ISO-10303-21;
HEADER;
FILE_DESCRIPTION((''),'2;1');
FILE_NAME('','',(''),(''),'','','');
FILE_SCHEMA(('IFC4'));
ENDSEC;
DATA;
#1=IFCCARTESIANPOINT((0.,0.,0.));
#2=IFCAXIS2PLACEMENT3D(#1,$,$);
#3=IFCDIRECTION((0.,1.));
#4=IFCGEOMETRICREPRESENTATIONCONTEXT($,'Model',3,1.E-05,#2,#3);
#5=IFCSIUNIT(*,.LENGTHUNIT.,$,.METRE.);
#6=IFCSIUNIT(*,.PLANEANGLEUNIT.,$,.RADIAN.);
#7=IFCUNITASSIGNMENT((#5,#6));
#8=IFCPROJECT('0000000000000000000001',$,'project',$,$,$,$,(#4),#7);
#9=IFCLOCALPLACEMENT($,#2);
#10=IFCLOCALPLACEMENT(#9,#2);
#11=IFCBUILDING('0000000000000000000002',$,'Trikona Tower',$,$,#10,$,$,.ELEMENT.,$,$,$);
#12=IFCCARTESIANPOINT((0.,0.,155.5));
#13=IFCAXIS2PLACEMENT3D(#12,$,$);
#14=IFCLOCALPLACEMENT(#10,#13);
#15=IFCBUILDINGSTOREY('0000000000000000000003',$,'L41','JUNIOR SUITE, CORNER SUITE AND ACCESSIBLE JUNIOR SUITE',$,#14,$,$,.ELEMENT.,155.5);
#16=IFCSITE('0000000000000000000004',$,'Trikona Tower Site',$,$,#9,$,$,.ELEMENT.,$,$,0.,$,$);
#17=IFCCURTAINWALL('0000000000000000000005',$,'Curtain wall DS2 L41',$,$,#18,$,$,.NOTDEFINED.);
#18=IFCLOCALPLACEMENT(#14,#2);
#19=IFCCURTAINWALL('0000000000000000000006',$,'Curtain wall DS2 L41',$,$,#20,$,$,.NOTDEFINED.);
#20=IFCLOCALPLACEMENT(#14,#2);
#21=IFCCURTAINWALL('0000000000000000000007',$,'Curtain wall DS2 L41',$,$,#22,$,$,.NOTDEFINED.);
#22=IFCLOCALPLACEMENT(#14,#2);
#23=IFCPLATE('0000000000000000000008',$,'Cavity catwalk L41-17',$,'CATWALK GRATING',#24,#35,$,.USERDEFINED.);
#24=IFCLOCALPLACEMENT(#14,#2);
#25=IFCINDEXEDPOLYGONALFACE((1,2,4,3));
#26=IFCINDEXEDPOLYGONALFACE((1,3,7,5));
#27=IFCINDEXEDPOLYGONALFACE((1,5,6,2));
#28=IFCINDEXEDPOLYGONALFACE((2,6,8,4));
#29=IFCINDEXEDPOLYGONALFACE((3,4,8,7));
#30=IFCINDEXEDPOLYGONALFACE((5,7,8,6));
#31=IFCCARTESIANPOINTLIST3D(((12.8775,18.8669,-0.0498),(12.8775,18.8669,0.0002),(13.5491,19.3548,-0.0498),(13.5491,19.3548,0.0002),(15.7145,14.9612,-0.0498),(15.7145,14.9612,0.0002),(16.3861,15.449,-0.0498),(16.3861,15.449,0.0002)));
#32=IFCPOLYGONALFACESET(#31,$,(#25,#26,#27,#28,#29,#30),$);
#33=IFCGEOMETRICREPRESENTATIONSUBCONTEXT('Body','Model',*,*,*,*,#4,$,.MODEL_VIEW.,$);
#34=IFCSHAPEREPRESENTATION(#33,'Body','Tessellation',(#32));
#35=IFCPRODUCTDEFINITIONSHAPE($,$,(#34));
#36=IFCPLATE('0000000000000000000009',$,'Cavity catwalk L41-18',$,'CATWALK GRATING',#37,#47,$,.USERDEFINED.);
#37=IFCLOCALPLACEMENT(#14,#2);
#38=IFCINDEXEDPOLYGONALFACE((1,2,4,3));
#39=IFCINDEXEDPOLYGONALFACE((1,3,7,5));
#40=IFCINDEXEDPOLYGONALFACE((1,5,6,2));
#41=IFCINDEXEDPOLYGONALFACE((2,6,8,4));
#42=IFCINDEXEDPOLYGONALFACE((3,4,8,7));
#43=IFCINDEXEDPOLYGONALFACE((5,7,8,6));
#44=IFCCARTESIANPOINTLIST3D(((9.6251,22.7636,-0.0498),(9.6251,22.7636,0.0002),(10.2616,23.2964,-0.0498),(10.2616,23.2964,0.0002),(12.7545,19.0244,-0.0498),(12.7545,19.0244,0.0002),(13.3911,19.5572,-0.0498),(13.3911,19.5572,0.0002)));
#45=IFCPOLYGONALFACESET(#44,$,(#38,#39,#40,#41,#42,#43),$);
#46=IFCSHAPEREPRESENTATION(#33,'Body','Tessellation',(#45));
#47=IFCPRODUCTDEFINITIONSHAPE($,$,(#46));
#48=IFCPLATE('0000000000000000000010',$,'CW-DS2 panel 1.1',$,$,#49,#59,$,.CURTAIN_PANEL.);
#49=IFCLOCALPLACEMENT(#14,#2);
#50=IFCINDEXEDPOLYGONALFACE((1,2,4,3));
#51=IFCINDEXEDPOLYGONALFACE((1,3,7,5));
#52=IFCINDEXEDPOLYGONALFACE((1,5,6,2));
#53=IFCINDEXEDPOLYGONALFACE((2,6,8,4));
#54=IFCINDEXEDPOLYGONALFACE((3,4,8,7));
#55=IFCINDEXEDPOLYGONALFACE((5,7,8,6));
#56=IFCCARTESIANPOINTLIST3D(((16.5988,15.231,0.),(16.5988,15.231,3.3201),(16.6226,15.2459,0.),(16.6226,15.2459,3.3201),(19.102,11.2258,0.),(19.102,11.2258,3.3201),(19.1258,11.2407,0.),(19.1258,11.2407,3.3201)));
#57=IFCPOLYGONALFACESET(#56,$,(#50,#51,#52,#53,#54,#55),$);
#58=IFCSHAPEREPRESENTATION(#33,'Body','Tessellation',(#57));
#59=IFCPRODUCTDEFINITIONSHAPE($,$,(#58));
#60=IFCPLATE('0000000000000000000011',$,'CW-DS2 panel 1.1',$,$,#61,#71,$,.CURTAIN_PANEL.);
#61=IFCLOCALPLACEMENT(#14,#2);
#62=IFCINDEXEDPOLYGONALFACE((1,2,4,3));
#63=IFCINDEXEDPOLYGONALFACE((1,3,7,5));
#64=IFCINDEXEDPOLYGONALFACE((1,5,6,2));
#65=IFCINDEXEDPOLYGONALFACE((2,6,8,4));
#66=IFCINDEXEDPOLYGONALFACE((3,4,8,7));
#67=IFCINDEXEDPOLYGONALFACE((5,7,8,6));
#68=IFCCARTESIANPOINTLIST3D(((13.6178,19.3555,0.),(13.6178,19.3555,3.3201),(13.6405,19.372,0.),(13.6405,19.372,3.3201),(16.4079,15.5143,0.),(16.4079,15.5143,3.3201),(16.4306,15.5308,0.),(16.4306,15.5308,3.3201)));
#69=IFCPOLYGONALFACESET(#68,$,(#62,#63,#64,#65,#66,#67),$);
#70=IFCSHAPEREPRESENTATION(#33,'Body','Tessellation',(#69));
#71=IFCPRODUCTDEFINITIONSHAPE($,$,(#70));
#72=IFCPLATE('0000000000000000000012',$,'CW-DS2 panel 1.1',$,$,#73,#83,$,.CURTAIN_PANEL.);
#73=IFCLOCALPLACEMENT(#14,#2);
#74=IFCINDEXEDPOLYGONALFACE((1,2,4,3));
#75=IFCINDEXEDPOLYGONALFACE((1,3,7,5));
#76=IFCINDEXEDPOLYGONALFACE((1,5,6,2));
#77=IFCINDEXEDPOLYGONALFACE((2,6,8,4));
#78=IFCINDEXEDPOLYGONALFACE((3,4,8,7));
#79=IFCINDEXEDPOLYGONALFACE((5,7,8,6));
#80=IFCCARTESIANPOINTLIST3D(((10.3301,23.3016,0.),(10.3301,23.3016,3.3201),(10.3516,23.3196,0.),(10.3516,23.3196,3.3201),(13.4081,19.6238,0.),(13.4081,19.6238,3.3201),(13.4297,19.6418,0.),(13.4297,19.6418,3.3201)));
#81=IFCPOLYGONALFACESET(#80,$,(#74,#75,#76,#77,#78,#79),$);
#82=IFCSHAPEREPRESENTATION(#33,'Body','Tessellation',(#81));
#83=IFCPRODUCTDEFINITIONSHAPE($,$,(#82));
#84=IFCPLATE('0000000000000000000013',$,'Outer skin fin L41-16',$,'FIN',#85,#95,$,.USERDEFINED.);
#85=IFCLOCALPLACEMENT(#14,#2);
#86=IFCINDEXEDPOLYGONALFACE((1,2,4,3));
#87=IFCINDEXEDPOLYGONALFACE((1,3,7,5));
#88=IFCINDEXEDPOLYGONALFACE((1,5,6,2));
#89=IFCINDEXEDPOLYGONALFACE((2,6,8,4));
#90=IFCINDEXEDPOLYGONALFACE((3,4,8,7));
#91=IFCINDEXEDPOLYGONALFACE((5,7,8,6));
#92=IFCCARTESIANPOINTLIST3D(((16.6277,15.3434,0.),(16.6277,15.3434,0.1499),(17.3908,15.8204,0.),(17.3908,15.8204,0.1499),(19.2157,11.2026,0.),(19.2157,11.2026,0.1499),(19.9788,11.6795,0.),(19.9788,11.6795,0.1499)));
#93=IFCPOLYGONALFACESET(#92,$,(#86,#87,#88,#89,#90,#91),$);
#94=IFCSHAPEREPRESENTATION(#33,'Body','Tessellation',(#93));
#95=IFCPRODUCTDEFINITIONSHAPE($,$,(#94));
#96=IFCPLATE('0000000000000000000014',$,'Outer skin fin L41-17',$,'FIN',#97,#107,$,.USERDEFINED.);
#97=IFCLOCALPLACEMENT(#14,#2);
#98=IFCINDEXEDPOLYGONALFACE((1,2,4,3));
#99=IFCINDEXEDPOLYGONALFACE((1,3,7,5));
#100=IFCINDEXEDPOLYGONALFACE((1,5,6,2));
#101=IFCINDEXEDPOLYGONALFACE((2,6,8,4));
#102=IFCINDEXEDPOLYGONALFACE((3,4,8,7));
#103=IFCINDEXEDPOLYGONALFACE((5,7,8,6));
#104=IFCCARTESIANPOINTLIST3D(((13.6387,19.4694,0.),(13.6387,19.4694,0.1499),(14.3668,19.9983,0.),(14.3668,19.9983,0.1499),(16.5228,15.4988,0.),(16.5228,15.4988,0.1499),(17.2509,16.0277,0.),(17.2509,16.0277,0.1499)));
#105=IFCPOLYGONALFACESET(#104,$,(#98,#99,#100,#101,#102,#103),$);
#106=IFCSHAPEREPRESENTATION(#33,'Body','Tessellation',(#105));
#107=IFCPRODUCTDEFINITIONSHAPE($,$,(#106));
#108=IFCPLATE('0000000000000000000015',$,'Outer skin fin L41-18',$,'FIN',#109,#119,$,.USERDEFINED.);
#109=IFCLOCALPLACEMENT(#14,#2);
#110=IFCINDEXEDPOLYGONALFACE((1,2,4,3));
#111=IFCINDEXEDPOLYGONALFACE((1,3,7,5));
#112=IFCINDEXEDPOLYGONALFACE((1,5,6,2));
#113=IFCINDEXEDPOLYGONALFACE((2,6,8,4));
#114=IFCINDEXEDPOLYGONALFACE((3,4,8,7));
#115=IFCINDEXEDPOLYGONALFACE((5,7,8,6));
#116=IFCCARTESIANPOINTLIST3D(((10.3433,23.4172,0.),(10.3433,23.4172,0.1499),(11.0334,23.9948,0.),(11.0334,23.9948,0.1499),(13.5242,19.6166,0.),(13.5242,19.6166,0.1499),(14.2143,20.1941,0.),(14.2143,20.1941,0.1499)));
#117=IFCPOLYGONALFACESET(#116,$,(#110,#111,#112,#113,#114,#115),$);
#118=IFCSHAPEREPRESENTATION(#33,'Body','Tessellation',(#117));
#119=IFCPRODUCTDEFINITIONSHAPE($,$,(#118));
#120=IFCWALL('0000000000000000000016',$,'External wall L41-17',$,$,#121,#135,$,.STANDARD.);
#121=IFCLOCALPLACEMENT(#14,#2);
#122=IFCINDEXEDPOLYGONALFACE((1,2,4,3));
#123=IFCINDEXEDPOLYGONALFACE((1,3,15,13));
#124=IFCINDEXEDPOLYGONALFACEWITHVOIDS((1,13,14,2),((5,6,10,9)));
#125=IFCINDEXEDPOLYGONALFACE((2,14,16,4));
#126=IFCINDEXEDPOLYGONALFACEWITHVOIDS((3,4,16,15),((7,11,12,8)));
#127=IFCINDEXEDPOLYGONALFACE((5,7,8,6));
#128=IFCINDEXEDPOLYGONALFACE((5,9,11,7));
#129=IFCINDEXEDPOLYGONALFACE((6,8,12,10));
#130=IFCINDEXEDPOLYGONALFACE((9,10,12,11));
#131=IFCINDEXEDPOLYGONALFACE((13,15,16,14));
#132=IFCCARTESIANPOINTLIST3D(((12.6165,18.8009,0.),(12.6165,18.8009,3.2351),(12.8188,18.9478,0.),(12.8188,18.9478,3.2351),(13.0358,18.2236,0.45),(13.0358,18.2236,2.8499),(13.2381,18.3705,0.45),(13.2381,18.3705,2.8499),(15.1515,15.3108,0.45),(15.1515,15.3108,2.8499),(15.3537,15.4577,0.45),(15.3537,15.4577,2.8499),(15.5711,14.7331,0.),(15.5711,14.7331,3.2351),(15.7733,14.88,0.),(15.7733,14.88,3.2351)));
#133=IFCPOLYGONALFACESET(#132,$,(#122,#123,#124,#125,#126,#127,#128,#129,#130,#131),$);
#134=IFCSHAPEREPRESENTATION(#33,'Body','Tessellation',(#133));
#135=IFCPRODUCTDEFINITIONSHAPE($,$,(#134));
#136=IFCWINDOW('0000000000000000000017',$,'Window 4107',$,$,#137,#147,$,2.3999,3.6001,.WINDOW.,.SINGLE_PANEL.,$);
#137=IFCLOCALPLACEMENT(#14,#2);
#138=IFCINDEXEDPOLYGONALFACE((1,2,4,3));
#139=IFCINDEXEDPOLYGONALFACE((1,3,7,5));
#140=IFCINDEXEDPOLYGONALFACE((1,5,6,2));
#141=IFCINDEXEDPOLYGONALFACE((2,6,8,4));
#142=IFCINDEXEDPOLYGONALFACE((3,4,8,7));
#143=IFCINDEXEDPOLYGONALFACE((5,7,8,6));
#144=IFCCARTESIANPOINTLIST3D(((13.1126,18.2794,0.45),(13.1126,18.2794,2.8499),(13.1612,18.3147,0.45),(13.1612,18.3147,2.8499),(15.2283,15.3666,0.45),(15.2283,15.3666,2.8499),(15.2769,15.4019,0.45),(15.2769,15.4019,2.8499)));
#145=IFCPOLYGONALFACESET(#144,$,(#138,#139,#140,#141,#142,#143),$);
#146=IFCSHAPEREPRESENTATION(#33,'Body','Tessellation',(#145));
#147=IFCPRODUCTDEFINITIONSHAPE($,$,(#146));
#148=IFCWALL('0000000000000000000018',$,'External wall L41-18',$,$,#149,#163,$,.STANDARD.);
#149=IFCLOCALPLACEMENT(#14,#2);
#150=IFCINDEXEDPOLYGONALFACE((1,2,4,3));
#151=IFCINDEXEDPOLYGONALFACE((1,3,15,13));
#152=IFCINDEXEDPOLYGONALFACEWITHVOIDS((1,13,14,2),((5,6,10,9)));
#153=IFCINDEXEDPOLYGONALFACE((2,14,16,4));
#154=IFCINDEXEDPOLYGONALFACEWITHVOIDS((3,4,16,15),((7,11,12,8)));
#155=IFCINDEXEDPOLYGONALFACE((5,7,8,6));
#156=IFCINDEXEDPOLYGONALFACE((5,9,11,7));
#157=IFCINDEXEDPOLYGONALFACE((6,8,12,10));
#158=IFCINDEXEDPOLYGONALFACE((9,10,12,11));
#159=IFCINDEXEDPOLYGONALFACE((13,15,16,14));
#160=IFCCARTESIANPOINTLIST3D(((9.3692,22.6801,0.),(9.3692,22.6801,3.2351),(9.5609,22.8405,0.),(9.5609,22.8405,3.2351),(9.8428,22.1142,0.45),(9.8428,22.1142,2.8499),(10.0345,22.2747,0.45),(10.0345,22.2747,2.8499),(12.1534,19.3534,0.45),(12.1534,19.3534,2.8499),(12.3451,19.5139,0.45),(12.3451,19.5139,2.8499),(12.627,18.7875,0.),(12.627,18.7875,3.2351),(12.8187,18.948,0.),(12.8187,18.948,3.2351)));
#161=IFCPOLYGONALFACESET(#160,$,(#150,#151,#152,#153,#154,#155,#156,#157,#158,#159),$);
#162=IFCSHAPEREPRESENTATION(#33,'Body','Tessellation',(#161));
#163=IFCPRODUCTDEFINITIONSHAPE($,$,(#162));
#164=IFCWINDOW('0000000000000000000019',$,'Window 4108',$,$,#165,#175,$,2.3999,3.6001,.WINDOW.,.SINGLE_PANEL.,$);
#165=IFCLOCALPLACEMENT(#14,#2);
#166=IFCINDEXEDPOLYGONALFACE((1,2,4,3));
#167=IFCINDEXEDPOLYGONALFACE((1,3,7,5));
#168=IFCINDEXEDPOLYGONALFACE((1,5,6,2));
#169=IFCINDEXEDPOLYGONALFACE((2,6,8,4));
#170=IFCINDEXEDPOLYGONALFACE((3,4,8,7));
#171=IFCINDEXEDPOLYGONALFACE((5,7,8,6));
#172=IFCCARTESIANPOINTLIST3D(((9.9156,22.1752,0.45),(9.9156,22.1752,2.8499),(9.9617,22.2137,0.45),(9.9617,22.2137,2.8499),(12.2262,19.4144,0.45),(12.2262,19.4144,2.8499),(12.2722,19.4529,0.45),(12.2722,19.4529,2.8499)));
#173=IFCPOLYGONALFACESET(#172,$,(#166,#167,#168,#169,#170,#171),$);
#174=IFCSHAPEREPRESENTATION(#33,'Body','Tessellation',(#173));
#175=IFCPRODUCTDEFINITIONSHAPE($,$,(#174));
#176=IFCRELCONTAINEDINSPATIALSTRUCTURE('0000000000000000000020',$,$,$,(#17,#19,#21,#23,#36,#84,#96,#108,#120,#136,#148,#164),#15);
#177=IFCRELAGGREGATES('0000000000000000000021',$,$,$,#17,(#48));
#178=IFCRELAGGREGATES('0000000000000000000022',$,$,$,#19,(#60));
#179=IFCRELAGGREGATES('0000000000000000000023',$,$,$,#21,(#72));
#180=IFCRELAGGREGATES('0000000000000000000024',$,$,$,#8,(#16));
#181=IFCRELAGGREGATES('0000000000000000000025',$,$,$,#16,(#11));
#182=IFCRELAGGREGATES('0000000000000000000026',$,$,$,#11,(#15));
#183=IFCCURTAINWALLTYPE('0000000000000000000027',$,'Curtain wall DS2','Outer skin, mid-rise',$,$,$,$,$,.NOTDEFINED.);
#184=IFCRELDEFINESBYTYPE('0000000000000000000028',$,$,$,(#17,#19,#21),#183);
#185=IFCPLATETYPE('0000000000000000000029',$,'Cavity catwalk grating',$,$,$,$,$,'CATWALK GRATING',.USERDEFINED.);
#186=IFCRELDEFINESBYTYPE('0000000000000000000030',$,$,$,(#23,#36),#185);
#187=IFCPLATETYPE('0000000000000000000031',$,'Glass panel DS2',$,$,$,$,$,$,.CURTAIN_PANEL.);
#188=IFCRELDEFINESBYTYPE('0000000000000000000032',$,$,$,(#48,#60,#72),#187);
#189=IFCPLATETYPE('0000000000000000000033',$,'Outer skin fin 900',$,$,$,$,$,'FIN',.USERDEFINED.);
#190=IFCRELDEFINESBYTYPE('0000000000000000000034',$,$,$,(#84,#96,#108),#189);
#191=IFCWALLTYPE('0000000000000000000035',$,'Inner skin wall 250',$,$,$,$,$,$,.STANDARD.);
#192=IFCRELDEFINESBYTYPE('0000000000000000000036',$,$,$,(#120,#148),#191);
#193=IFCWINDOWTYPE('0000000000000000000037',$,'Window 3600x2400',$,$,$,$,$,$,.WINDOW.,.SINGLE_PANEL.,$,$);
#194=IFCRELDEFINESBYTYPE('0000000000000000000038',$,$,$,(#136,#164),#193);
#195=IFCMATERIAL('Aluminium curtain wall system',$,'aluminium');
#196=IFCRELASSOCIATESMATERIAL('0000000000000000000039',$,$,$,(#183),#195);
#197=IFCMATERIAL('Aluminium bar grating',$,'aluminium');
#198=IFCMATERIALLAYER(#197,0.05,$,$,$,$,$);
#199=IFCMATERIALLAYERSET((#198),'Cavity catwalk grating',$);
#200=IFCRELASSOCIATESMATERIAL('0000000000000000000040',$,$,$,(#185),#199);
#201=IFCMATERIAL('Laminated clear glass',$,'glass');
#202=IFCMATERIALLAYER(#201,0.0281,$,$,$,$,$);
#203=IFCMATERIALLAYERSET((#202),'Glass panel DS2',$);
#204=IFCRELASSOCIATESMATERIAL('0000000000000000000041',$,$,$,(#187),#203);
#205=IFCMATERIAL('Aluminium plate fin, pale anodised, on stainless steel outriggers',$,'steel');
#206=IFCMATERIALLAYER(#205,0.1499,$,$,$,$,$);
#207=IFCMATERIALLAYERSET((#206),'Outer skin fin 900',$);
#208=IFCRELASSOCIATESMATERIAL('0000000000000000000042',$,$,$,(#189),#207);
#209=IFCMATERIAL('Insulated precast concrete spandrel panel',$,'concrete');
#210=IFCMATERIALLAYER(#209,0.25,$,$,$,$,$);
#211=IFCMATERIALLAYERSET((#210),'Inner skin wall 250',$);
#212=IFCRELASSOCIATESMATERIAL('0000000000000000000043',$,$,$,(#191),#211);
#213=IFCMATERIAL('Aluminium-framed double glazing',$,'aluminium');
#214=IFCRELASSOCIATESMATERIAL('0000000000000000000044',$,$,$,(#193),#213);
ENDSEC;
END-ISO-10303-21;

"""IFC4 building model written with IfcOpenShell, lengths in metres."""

from ifc_helpers import new_model, si_unit, direction, frame, frame_2d, origin, origin_2d, place, context, subcontext, project, spatial, rectangle, extrude, material, layer, layer_set, type_object, element, fill, aggregate, save


model = new_model("IFC4")

# Units and contexts
model_context = context("Model", 3, precision=1e-05, world=origin(), true_north=direction((0.0, 1.0)))
body_context = subcontext(model_context, "Body", "Model", "MODEL_VIEW")
ifc_project = project(units=[si_unit("LENGTHUNIT", "METRE"), si_unit("PLANEANGLEUNIT", "RADIAN")], contexts=[model_context])

# Site, building, storey
site_placement = place(None, origin())
site = spatial("IfcSite", under=ifc_project, at=site_placement, Name="Trikona Tower Site", CompositionType="ELEMENT", RefElevation=0.0)
building_placement = place(site_placement, origin())
building = spatial("IfcBuilding", under=site, at=building_placement, Name="Trikona Tower", CompositionType="ELEMENT")
storey_placement = place(building_placement, frame((0.0, 0.0, 155.5)))
storey = spatial("IfcBuildingStorey", under=building, at=storey_placement, Name="L41", Description="JUNIOR SUITE, CORNER SUITE AND ACCESSIBLE JUNIOR SUITE", CompositionType="ELEMENT", Elevation=155.5)

# Curtain walls
ifc_material_1 = material(Name="Aluminium curtain wall system", Category="aluminium")
curtain_wall_type = type_object("IfcCurtainWallType", Name="Curtain wall DS2", Description="Outer skin, mid-rise", PredefinedType="NOTDEFINED", material=ifc_material_1)
curtain_wall_1_placement = place(storey_placement, origin())
curtain_wall_1 = element("IfcCurtainWall", 1, at=curtain_wall_1_placement, inside=storey, type_object=curtain_wall_type, Name="Curtain wall DS2 L41", PredefinedType="NOTDEFINED")
curtain_wall_2_placement = place(storey_placement, origin())
curtain_wall_2 = element("IfcCurtainWall", 2, at=curtain_wall_2_placement, inside=storey, type_object=curtain_wall_type, Name="Curtain wall DS2 L41", PredefinedType="NOTDEFINED")
curtain_wall_3_placement = place(storey_placement, origin())
curtain_wall_3 = element("IfcCurtainWall", 3, at=curtain_wall_3_placement, inside=storey, type_object=curtain_wall_type, Name="Curtain wall DS2 L41", PredefinedType="NOTDEFINED")

# Plates
ifc_material_2 = material(Name="Aluminium bar grating", Category="aluminium")
ifc_layer_1 = layer(ifc_material_2, 0.05)
ifc_layer_set_1 = layer_set([ifc_layer_1], Name="Cavity catwalk grating")
plate_type_1 = type_object("IfcPlateType", Name="Cavity catwalk grating", ElementType="CATWALK GRATING", PredefinedType="USERDEFINED", material=ifc_layer_set_1)
plate_1_placement = place(storey_placement, frame((14.6318, 17.158, -0.0498), z_axis=(0.0, 0.0, 1.0), x_axis=(-0.587686, 0.809089, 0.0)))
element("IfcPlate", 4, at=plate_1_placement, inside=storey, type_object=plate_type_1, Name="Cavity catwalk L41-17", ObjectType="CATWALK GRATING", PredefinedType="USERDEFINED", context=body_context, shape_type="SweptSolid", body=[
    extrude(rectangle(XDim=4.8274, YDim=0.8301, at=origin_2d()), origin(), (0.0, 0.0, 1.0), 0.05),
])
plate_2_placement = place(storey_placement, frame((11.5081, 21.1604, -0.0498), z_axis=(0.0, 0.0, 1.0), x_axis=(-0.641807, 0.766866, 0.0)))
element("IfcPlate", 5, at=plate_2_placement, inside=storey, type_object=plate_type_1, Name="Cavity catwalk L41-18", ObjectType="CATWALK GRATING", PredefinedType="USERDEFINED", context=body_context, shape_type="SweptSolid", body=[
    extrude(rectangle(XDim=4.876, YDim=0.8301, at=origin_2d()), origin(), (0.0, 0.0, 1.0), 0.05),
])

# Plates
ifc_material_3 = material(Name="Laminated clear glass", Category="glass")
ifc_layer_2 = layer(ifc_material_3, 0.0281)
ifc_layer_set_2 = layer_set([ifc_layer_2], Name="Glass panel DS2")
plate_type_2 = type_object("IfcPlateType", Name="Glass panel DS2", PredefinedType="CURTAIN_PANEL", material=ifc_layer_set_2)
plate_3_placement = place(storey_placement, frame((17.8623, 13.2358, 0.0), z_axis=(0.0, 0.0, 1.0), x_axis=(-0.529999, 0.847998, 0.0)))
plate_3 = element("IfcPlate", 6, at=plate_3_placement, type_object=plate_type_2, Name="CW-DS2 panel 1.1", PredefinedType="CURTAIN_PANEL", context=body_context, shape_type="SweptSolid", body=[
    extrude(rectangle(XDim=4.7231, YDim=0.0281, at=origin_2d()), origin(), (0.0, 0.0, 1.0), 3.3201),
])
aggregate(curtain_wall_1, [plate_3])
plate_4_placement = place(storey_placement, frame((15.0242, 17.4431, 0.0), z_axis=(0.0, 0.0, 1.0), x_axis=(-0.587691, 0.809086, 0.0)))
plate_4 = element("IfcPlate", 7, at=plate_4_placement, type_object=plate_type_2, Name="CW-DS2 panel 1.1", PredefinedType="CURTAIN_PANEL", context=body_context, shape_type="SweptSolid", body=[
    extrude(rectangle(XDim=4.7476, YDim=0.0281, at=origin_2d()), origin(), (0.0, 0.0, 1.0), 3.3201),
])
aggregate(curtain_wall_2, [plate_4])
plate_5_placement = place(storey_placement, frame((11.8799, 21.4717, 0.0), z_axis=(0.0, 0.0, 1.0), x_axis=(-0.641806, 0.766867, 0.0)))
plate_5 = element("IfcPlate", 8, at=plate_5_placement, type_object=plate_type_2, Name="CW-DS2 panel 1.1", PredefinedType="CURTAIN_PANEL", context=body_context, shape_type="SweptSolid", body=[
    extrude(rectangle(XDim=4.7959, YDim=0.0281, at=origin_2d()), origin(), (0.0, 0.0, 1.0), 3.3201),
])
aggregate(curtain_wall_3, [plate_5])

# Plates
ifc_material_4 = material(Name="Aluminium plate fin, pale anodised, on stainless steel outriggers", Category="steel")
ifc_layer_3 = layer(ifc_material_4, 0.1499)
ifc_layer_set_3 = layer_set([ifc_layer_3], Name="Outer skin fin 900")
plate_type_3 = type_object("IfcPlateType", Name="Outer skin fin 900", ElementType="FIN", PredefinedType="USERDEFINED", material=ifc_layer_set_3)
plate_6_placement = place(storey_placement, frame((18.3032, 13.5115, 0.0), z_axis=(0.0, 0.0, 1.0), x_axis=(-0.529995, 0.848001, 0.0)))
element("IfcPlate", 9, at=plate_6_placement, inside=storey, type_object=plate_type_3, Name="Outer skin fin L41-16", ObjectType="FIN", PredefinedType="USERDEFINED", context=body_context, shape_type="SweptSolid", body=[
    extrude(rectangle(XDim=4.8831, YDim=0.8999, at=origin_2d()), origin(), (0.0, 0.0, 1.0), 0.1499),
])
plate_7_placement = place(storey_placement, frame((15.4448, 17.7485, 0.0), z_axis=(0.0, 0.0, 1.0), x_axis=(-0.587686, 0.809089, 0.0)))
element("IfcPlate", 10, at=plate_7_placement, inside=storey, type_object=plate_type_3, Name="Outer skin fin L41-17", ObjectType="FIN", PredefinedType="USERDEFINED", context=body_context, shape_type="SweptSolid", body=[
    extrude(rectangle(XDim=4.9075, YDim=0.8999, at=origin_2d()), origin(), (0.0, 0.0, 1.0), 0.1499),
])
plate_8_placement = place(storey_placement, frame((12.2788, 21.8057, 0.0), z_axis=(0.0, 0.0, 1.0), x_axis=(-0.641807, 0.766866, 0.0)))
element("IfcPlate", 11, at=plate_8_placement, inside=storey, type_object=plate_type_3, Name="Outer skin fin L41-18", ObjectType="FIN", PredefinedType="USERDEFINED", context=body_context, shape_type="SweptSolid", body=[
    extrude(rectangle(XDim=4.9561, YDim=0.8999, at=origin_2d()), origin(), (0.0, 0.0, 1.0), 0.1499),
])

# Walls, openings, windows
ifc_material_5 = material(Name="Insulated precast concrete spandrel panel", Category="concrete")
ifc_layer_4 = layer(ifc_material_5, 0.25)
ifc_layer_set_4 = layer_set([ifc_layer_4], Name="Inner skin wall 250")
wall_type = type_object("IfcWallType", Name="Inner skin wall 250", PredefinedType="STANDARD", material=ifc_layer_set_4)
wall_1_placement = place(storey_placement, frame((15.6721, 14.8066, 0.0), z_axis=(0.0, 0.0, 1.0), x_axis=(-0.587669, 0.809101, 0.0)))
wall_1 = element("IfcWall", 12, at=wall_1_placement, inside=storey, type_object=wall_type, Name="External wall L41-17", PredefinedType="STANDARD", context=body_context, shape_type="SweptSolid", body=[
    extrude(rectangle(XDim=5.0276, YDim=0.25, at=frame_2d((2.5137, 0.0))), origin(), (0.0, 0.0, 1.0), 3.2351),
])
opening_1_placement = place(wall_1_placement, frame((0.7139, 0.0, 0.45)))
opening_1 = element("IfcOpeningElement", 13, at=opening_1_placement, cuts=wall_1, PredefinedType="OPENING", context=body_context, shape_type="SweptSolid", body=[
    extrude(rectangle(XDim=3.6001, YDim=2.3999, at=frame_2d((1.8, 1.2))), frame((0.0, 0.135, 0.0), z_axis=(0.0, -1.0, 0.0), x_axis=(1.0, 0.0, 0.0)), (0.0, 0.0, 1.0), 0.27),
])
ifc_material_6 = material(Name="Aluminium-framed double glazing", Category="aluminium")
window_type = type_object("IfcWindowType", Name="Window 3600x2400", PartitioningType="SINGLE_PANEL", PredefinedType="WINDOW", material=ifc_material_6)
window_1_placement = place(opening_1_placement, origin())
window_1 = element("IfcWindow", 14, at=window_1_placement, inside=storey, type_object=window_type, Name="Window 4107", OverallHeight=2.3999, OverallWidth=3.6001, PartitioningType="SINGLE_PANEL", PredefinedType="WINDOW", context=body_context, shape_type="SweptSolid", body=[
    extrude(rectangle(XDim=3.6001, YDim=2.3999, at=frame_2d((1.8, 1.2))), frame((0.0, 0.03, 0.0), z_axis=(0.0, -1.0, 0.0), x_axis=(1.0, 0.0, 0.0)), (0.0, 0.0, 1.0), 0.0601),
])
fill(opening_1, window_1)
wall_2_placement = place(storey_placement, frame((12.7229, 18.8677, 0.0), z_axis=(0.0, 0.0, 1.0), x_axis=(-0.64181, 0.766863, 0.0)))
wall_2 = element("IfcWall", 15, at=wall_2_placement, inside=storey, type_object=wall_type, Name="External wall L41-18", PredefinedType="STANDARD", context=body_context, shape_type="SweptSolid", body=[
    extrude(rectangle(XDim=5.0759, YDim=0.25, at=frame_2d((2.5381, 0.0))), origin(), (0.0, 0.0, 1.0), 3.2351),
])
opening_2_placement = place(wall_2_placement, frame((0.738, 0.0, 0.45)))
opening_2 = element("IfcOpeningElement", 16, at=opening_2_placement, cuts=wall_2, PredefinedType="OPENING", context=body_context, shape_type="SweptSolid", body=[
    extrude(rectangle(XDim=3.6001, YDim=2.3999, at=frame_2d((1.8, 1.2))), frame((0.0, 0.135, 0.0), z_axis=(0.0, -1.0, 0.0), x_axis=(1.0, 0.0, 0.0)), (0.0, 0.0, 1.0), 0.27),
])
window_2_placement = place(opening_2_placement, origin())
window_2 = element("IfcWindow", 17, at=window_2_placement, inside=storey, type_object=window_type, Name="Window 4108", OverallHeight=2.3999, OverallWidth=3.6001, PartitioningType="SINGLE_PANEL", PredefinedType="WINDOW", context=body_context, shape_type="SweptSolid", body=[
    extrude(rectangle(XDim=3.6001, YDim=2.3999, at=frame_2d((1.8, 1.2))), frame((0.0, 0.03, 0.0), z_axis=(0.0, -1.0, 0.0), x_axis=(1.0, 0.0, 0.0)), (0.0, 0.0, 1.0), 0.0601),
])
fill(opening_2, window_2)

save(model, "model.ifc")
